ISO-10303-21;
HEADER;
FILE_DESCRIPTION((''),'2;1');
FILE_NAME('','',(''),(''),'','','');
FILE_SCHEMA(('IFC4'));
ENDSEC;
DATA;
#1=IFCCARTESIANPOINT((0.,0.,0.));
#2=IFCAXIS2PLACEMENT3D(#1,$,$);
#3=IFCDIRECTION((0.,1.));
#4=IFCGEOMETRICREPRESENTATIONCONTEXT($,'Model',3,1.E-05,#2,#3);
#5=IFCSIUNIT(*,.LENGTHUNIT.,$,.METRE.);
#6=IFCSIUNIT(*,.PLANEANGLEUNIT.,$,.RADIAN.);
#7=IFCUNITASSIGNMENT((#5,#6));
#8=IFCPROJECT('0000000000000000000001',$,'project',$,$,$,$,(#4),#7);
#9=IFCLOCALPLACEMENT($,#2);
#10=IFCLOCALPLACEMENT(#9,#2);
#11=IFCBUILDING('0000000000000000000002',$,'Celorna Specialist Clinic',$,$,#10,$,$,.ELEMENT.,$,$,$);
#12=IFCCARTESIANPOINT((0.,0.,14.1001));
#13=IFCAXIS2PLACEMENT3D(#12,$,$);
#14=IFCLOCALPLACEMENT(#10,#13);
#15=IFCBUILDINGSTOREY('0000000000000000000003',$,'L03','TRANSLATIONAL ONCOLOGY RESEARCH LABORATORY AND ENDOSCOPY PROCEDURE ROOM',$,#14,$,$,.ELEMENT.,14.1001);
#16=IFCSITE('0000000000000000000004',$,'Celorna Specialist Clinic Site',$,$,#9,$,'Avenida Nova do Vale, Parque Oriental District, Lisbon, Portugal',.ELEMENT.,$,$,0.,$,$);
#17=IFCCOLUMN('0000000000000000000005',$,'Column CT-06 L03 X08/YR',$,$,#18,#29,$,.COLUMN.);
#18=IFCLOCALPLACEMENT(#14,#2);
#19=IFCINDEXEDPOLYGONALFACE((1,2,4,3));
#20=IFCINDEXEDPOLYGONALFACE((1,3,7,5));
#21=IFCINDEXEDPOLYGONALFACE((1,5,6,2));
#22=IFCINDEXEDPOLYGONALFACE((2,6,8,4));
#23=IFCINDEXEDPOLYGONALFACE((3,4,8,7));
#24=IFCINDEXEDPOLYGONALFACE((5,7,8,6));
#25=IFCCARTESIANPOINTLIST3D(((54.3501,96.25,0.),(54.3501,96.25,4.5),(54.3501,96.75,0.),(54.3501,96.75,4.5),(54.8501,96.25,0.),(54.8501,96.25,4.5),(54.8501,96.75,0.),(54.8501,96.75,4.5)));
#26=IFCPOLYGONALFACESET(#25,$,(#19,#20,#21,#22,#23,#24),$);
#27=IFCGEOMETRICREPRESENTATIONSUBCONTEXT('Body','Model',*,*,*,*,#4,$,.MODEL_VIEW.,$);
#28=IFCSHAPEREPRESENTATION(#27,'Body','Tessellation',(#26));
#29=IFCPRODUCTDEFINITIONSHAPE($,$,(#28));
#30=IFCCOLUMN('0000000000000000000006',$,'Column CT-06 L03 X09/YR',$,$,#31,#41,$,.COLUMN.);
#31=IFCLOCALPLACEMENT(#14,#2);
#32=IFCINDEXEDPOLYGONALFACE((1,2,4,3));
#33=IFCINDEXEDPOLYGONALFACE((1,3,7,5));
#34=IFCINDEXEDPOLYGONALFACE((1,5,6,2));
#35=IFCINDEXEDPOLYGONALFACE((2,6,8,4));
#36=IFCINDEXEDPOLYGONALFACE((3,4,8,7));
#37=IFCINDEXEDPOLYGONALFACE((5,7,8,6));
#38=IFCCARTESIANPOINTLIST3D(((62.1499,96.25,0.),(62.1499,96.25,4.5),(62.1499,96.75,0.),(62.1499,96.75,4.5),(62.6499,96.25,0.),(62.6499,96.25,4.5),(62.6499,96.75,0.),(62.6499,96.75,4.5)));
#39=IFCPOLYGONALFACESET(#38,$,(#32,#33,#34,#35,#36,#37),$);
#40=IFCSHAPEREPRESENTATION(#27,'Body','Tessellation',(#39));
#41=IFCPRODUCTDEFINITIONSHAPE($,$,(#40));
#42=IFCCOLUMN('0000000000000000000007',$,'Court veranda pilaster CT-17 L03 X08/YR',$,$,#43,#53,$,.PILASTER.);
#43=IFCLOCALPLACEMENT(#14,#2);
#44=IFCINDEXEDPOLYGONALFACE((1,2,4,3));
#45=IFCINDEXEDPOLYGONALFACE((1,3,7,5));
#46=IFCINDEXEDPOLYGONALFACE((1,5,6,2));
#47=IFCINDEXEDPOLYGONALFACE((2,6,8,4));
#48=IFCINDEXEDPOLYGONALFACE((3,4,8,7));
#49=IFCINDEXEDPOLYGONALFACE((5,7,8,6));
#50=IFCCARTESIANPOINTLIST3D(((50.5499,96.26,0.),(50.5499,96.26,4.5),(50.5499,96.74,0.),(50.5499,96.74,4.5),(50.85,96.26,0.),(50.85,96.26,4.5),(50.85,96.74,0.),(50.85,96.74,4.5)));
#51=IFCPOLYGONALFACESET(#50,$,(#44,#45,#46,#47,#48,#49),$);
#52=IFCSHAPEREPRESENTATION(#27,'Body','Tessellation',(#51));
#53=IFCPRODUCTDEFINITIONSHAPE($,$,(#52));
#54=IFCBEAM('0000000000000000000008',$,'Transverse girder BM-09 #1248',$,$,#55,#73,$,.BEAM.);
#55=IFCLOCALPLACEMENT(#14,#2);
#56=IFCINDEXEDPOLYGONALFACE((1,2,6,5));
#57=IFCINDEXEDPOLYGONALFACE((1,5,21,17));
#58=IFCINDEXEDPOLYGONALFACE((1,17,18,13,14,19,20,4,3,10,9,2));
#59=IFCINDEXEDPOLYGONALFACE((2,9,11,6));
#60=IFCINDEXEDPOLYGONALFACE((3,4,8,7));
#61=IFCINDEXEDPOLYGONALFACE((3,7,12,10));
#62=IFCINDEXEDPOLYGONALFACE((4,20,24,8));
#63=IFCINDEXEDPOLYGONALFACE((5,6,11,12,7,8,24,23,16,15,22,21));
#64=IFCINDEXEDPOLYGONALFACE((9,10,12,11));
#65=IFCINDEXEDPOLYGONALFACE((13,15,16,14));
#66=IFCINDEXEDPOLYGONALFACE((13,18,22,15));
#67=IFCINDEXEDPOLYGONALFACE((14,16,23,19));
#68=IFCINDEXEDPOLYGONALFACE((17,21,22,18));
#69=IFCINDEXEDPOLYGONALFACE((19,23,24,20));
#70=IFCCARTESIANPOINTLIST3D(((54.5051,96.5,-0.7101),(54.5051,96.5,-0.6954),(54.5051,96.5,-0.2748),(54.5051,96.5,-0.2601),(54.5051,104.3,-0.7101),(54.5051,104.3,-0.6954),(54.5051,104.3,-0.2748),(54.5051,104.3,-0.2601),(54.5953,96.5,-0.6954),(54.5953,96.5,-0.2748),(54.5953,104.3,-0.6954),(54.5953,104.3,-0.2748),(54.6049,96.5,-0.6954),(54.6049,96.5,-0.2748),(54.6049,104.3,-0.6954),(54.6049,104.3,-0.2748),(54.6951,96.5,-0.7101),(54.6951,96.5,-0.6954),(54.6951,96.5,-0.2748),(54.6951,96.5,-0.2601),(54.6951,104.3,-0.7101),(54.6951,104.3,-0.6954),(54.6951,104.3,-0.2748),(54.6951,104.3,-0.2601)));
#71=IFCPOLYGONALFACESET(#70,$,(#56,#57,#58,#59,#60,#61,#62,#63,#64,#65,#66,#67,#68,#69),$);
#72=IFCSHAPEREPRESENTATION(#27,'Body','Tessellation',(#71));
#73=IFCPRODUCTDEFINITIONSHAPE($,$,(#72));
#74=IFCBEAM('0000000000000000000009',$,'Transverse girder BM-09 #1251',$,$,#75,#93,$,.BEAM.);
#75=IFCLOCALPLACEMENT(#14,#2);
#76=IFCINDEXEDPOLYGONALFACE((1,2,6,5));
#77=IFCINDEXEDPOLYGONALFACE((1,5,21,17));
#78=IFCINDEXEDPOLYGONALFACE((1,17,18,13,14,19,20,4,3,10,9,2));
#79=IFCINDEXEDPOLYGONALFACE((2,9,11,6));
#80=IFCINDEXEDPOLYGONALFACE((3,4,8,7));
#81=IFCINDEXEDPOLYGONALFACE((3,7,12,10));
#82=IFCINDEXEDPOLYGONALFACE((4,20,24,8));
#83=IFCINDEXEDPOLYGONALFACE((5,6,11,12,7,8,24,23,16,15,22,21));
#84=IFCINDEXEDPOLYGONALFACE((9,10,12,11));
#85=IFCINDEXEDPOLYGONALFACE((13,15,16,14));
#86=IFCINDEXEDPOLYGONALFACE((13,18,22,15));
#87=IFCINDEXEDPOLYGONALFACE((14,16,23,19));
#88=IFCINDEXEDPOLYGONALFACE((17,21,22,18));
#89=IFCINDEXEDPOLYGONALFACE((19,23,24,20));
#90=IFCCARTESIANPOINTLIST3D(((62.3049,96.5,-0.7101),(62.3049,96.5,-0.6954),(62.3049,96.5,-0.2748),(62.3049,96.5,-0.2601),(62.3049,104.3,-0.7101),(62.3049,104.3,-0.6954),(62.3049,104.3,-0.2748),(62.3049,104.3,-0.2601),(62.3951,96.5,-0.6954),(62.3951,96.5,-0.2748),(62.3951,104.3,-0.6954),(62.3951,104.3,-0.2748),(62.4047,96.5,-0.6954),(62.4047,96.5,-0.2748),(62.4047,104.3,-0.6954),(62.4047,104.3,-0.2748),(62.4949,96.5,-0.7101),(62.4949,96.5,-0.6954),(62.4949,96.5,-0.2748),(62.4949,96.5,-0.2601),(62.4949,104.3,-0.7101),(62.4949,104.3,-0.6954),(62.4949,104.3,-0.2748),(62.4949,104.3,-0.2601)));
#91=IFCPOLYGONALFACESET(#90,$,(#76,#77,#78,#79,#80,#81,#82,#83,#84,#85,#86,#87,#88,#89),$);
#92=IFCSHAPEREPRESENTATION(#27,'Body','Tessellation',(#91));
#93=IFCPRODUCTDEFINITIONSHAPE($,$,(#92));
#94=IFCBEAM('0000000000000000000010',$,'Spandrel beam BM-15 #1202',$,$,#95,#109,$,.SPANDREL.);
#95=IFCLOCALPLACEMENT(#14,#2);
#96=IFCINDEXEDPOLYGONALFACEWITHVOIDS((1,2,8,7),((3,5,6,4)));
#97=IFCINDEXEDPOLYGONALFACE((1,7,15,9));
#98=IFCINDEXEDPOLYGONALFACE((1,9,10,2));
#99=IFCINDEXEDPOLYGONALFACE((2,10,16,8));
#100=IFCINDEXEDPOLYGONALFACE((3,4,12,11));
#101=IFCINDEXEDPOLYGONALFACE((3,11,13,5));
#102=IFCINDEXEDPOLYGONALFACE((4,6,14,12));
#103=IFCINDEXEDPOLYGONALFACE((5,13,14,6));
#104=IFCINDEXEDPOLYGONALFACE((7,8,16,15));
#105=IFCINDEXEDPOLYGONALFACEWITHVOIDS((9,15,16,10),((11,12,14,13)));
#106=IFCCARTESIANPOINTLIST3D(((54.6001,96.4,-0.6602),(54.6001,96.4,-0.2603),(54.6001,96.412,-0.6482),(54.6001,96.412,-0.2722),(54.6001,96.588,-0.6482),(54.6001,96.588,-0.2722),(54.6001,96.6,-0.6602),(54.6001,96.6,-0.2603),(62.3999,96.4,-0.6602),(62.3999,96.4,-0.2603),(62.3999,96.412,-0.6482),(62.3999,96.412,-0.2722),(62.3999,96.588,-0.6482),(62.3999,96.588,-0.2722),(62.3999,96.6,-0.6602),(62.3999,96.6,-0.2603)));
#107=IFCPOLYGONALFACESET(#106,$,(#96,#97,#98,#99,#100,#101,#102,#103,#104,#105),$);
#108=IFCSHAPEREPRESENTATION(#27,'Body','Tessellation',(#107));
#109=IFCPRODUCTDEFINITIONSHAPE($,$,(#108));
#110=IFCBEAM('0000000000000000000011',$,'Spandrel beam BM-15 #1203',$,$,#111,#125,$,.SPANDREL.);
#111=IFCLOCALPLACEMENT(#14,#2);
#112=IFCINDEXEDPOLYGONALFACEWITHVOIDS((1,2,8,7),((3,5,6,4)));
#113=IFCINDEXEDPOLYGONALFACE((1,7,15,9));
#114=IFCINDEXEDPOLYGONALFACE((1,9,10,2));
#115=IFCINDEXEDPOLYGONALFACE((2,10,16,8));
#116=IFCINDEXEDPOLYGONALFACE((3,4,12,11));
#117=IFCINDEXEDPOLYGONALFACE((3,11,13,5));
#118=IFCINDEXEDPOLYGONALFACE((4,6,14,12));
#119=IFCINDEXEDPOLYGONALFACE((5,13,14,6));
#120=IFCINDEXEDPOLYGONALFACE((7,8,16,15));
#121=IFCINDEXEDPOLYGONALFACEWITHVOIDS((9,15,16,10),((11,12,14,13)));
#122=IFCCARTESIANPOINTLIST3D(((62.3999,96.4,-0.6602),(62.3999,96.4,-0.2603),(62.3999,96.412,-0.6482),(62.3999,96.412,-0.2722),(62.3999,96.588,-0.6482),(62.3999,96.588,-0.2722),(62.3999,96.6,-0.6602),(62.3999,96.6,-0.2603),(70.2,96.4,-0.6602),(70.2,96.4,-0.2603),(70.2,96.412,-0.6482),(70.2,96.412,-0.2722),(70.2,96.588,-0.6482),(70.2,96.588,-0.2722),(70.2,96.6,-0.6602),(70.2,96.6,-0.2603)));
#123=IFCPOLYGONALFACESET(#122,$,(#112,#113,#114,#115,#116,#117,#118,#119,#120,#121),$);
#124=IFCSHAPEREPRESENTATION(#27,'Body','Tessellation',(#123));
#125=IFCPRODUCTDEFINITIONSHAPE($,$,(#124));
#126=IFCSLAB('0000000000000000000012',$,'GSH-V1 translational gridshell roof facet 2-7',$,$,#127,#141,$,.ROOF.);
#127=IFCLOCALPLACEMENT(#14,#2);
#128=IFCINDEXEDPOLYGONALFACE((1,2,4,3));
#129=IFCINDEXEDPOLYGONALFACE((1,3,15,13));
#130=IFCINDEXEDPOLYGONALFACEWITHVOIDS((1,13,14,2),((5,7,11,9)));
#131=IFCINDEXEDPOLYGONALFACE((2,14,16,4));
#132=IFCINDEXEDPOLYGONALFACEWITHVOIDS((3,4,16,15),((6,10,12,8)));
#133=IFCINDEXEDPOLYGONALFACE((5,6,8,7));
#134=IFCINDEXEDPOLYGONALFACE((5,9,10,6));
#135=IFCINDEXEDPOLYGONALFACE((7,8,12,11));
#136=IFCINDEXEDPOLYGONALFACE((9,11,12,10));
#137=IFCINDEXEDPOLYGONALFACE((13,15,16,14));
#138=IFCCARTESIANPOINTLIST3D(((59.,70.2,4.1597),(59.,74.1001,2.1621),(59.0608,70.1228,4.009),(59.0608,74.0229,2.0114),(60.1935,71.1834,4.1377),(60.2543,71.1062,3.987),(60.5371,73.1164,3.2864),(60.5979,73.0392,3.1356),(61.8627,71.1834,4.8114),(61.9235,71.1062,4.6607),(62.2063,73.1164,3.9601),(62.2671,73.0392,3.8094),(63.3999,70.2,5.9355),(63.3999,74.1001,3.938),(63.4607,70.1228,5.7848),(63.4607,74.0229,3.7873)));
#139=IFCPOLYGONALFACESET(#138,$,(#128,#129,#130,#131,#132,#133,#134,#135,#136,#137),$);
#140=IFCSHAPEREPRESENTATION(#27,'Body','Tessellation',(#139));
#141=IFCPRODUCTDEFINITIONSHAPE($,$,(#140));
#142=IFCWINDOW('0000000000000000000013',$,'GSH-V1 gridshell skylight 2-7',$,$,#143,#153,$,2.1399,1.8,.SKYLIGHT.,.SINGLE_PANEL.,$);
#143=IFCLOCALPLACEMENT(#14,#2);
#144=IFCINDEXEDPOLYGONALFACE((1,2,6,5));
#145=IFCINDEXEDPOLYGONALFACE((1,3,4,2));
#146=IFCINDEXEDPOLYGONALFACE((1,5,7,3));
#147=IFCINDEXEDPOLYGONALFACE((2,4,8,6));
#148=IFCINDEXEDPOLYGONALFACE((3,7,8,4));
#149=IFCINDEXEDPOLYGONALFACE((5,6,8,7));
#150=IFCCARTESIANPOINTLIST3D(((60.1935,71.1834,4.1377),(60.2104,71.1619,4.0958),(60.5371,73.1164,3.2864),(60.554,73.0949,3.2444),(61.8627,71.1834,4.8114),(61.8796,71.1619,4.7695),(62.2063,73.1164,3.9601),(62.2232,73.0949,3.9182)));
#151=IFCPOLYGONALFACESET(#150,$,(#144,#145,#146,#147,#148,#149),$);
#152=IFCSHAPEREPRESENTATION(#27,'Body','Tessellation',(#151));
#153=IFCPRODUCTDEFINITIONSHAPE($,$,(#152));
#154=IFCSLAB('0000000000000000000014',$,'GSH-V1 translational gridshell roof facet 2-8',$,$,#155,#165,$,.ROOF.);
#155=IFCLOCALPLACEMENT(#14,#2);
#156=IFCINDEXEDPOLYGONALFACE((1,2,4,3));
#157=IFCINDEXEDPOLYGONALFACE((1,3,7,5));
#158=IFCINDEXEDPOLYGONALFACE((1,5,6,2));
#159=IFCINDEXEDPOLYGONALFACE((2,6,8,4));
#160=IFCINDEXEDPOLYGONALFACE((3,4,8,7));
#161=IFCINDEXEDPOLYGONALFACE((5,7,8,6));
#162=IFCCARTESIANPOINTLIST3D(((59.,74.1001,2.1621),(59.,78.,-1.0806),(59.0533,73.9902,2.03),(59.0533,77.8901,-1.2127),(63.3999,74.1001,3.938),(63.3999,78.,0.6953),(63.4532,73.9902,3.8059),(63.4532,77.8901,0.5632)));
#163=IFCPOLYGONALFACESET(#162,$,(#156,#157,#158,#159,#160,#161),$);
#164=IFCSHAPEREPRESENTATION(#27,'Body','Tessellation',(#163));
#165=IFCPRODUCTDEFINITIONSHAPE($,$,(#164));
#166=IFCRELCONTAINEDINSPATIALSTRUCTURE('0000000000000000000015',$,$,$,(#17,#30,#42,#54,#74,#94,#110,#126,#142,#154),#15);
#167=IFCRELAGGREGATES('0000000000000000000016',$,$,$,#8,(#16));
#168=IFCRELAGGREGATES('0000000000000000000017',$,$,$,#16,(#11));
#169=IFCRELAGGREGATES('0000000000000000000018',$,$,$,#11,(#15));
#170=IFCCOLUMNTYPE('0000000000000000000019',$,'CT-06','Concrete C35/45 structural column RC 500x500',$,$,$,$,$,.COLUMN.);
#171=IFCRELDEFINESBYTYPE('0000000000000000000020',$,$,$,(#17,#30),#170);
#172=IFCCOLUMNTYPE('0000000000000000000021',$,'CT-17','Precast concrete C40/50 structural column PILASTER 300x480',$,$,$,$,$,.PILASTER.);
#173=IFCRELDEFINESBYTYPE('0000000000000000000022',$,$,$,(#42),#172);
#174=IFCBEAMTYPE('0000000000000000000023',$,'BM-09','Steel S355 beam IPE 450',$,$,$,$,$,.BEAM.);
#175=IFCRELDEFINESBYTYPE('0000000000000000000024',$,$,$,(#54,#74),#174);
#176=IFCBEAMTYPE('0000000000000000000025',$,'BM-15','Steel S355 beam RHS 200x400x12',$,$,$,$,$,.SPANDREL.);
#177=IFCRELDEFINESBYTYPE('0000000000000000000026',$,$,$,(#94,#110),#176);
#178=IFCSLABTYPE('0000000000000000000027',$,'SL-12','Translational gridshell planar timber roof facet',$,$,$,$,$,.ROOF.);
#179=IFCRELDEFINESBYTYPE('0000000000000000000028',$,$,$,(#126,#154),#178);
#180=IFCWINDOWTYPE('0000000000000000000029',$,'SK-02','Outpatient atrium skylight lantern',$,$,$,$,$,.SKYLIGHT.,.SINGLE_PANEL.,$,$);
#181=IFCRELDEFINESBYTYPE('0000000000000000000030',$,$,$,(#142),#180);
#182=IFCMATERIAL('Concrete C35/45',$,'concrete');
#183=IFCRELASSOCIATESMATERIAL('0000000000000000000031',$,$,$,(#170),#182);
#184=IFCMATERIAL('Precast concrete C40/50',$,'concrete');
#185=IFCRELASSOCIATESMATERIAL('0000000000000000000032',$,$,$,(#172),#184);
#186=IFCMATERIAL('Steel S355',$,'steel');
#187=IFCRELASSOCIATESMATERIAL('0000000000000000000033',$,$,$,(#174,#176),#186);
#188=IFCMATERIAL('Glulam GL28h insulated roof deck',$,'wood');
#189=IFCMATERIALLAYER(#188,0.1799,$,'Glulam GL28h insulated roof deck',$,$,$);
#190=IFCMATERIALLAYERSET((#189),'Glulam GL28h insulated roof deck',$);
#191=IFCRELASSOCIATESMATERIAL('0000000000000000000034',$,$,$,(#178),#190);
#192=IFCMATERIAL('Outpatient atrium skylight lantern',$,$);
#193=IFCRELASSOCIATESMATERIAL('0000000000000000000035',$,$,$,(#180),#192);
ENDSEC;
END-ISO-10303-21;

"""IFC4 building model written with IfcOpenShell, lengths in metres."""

from ifc_helpers import new_model, si_unit, direction, frame, origin, origin_2d, place, context, subcontext, project, spatial, polyline, rectangle, hollow_rectangle, i_section, outline, extrude, material, layer, layer_set, material_profile, profile_set, type_object, element, fill, save


model = new_model("IFC4")

# Units and contexts
model_context = context("Model", 3, precision=1e-05, world=origin(), true_north=direction((0.0, 1.0)))
body_context = subcontext(model_context, "Body", "Model", "MODEL_VIEW")
ifc_project = project(units=[si_unit("LENGTHUNIT", "METRE"), si_unit("PLANEANGLEUNIT", "RADIAN")], contexts=[model_context])

# Site, building, storey
site_placement = place(None, origin())
site = spatial("IfcSite", under=ifc_project, at=site_placement, Name="Celorna Specialist Clinic Site", LongName="Avenida Nova do Vale, Parque Oriental District, Lisbon, Portugal", CompositionType="ELEMENT", RefElevation=0.0)
building_placement = place(site_placement, origin())
building = spatial("IfcBuilding", under=site, at=building_placement, Name="Celorna Specialist Clinic", CompositionType="ELEMENT")
storey_placement = place(building_placement, frame((0.0, 0.0, 14.1001)))
storey = spatial("IfcBuildingStorey", under=building, at=storey_placement, Name="L03", Description="TRANSLATIONAL ONCOLOGY RESEARCH LABORATORY AND ENDOSCOPY PROCEDURE ROOM", CompositionType="ELEMENT", Elevation=14.1001)

# Columns
ifc_material_1 = material(Name="Concrete C35/45", Category="concrete")
ifc_material_profile_1 = material_profile(ifc_material_1, rectangle(XDim=0.5, YDim=0.5, at=origin_2d()), Name="RC 500x500")
ifc_profile_set_1 = profile_set([ifc_material_profile_1], Name="Concrete C35/45")
column_type_1 = type_object("IfcColumnType", Name="CT-06", Description="Concrete C35/45 structural column RC 500x500", PredefinedType="COLUMN", material=ifc_profile_set_1)
for number, where, z_axis, x_axis, name in (
    (1, (54.6001, 96.5, 0.0), (0.0, 0.0, 1.0), (1.0, 0.0, 0.0), "Column CT-06 L03 X08/YR"),
    (2, (62.3999, 96.5, 0.0), (0.0, 0.0, 1.0), (1.0, 0.0, 0.0), "Column CT-06 L03 X09/YR"),
):
    element("IfcColumn", number, at=place(storey_placement, frame(where, z_axis=z_axis, x_axis=x_axis)), inside=storey, type_object=column_type_1, Name=name, PredefinedType="COLUMN", context=body_context, shape_type="SweptSolid", body=[
        extrude(rectangle(XDim=0.5, YDim=0.5, at=origin_2d()), origin(), (0.0, 0.0, 1.0), 4.5),
    ])
ifc_material_2 = material(Name="Precast concrete C40/50", Category="concrete")
ifc_material_profile_2 = material_profile(ifc_material_2, rectangle(XDim=0.3, YDim=0.48, at=origin_2d()), Name="PILASTER 300x480")
ifc_profile_set_2 = profile_set([ifc_material_profile_2], Name="Precast concrete C40/50")
column_type_2 = type_object("IfcColumnType", Name="CT-17", Description="Precast concrete C40/50 structural column PILASTER 300x480", PredefinedType="PILASTER", material=ifc_profile_set_2)
column_placement = place(storey_placement, frame((50.7, 96.5, 0.0), z_axis=(0.0, 0.0, 1.0), x_axis=(1.0, 0.0, 0.0)))
element("IfcColumn", 3, at=column_placement, inside=storey, type_object=column_type_2, Name="Court veranda pilaster CT-17 L03 X08/YR", PredefinedType="PILASTER", context=body_context, shape_type="SweptSolid", body=[
    extrude(rectangle(XDim=0.3, YDim=0.48, at=origin_2d()), origin(), (0.0, 0.0, 1.0), 4.5),
])

# Beams
ifc_material_3 = material(Name="Steel S355", Category="steel")
ifc_material_profile_3 = material_profile(ifc_material_3, i_section(OverallWidth=0.1899, OverallDepth=0.45, WebThickness=0.0095, FlangeThickness=0.0146, at=origin_2d()), Name="IPE 450")
ifc_profile_set_3 = profile_set([ifc_material_profile_3], Name="Steel S355")
beam_type_1 = type_object("IfcBeamType", Name="BM-09", Description="Steel S355 beam IPE 450", PredefinedType="BEAM", material=ifc_profile_set_3)
for number, where, z_axis, x_axis, name in (
    (4, (54.6001, 96.5, -0.4851), (0.0, 1.0, 0.0), (-1.0, 0.0, 0.0), "Transverse girder BM-09 #1248"),
    (5, (62.3999, 96.5, -0.4851), (0.0, 1.0, 0.0), (-1.0, 0.0, 0.0), "Transverse girder BM-09 #1251"),
):
    element("IfcBeam", number, at=place(storey_placement, frame(where, z_axis=z_axis, x_axis=x_axis)), inside=storey, type_object=beam_type_1, Name=name, PredefinedType="BEAM", context=body_context, shape_type="SweptSolid", body=[
        extrude(i_section(OverallWidth=0.1899, OverallDepth=0.45, WebThickness=0.0095, FlangeThickness=0.0146, at=origin_2d()), origin(), (0.0, 0.0, 1.0), 7.8),
    ])
ifc_material_profile_4 = material_profile(ifc_material_3, hollow_rectangle(XDim=0.2, YDim=0.3999, WallThickness=0.012, at=origin_2d()), Name="RHS 200x400x12")
ifc_profile_set_4 = profile_set([ifc_material_profile_4], Name="Steel S355")
beam_type_2 = type_object("IfcBeamType", Name="BM-15", Description="Steel S355 beam RHS 200x400x12", PredefinedType="SPANDREL", material=ifc_profile_set_4)
beam_1_placement = place(storey_placement, frame((54.6001, 96.5, -0.4602), z_axis=(1.0, 0.0, 0.0), x_axis=(0.0, 1.0, 0.0)))
element("IfcBeam", 6, at=beam_1_placement, inside=storey, type_object=beam_type_2, Name="Spandrel beam BM-15 #1202", PredefinedType="SPANDREL", context=body_context, shape_type="SweptSolid", body=[
    extrude(hollow_rectangle(XDim=0.2, YDim=0.3999, WallThickness=0.012, at=origin_2d()), origin(), (0.0, 0.0, 1.0), 7.7998),
])
beam_2_placement = place(storey_placement, frame((62.3999, 96.5, -0.4602), z_axis=(1.0, 0.0, 0.0), x_axis=(0.0, 1.0, 0.0)))
element("IfcBeam", 7, at=beam_2_placement, inside=storey, type_object=beam_type_2, Name="Spandrel beam BM-15 #1203", PredefinedType="SPANDREL", context=body_context, shape_type="SweptSolid", body=[
    extrude(hollow_rectangle(XDim=0.2, YDim=0.3999, WallThickness=0.012, at=origin_2d()), origin(), (0.0, 0.0, 1.0), 7.8),
])

# Slab, opening, window
ifc_material_4 = material(Name="Glulam GL28h insulated roof deck", Category="wood")
ifc_layer_1 = layer(ifc_material_4, 0.1799, Name="Glulam GL28h insulated roof deck")
ifc_layer_set_1 = layer_set([ifc_layer_1], Name="Glulam GL28h insulated roof deck")
slab_type = type_object("IfcSlabType", Name="SL-12", Description="Translational gridshell planar timber roof facet", PredefinedType="ROOF", material=ifc_layer_set_1)
slab_1_placement = place(storey_placement, frame((59.0, 70.2, 4.1597), z_axis=(-0.338086, 0.429018, 0.83764), x_axis=(0.927315, 0.0, 0.374281)))
slab_1 = element("IfcSlab", 8, at=slab_1_placement, inside=storey, type_object=slab_type, Name="GSH-V1 translational gridshell roof facet 2-7", PredefinedType="ROOF", context=body_context, shape_type="SweptSolid", body=[
    extrude(outline(polyline([(0.0, 0.0), (4.7448, 0.0), (3.9971, 4.3177), (-0.7476, 4.3177), (0.0, 0.0)])), origin(), (0.0, 0.0, -1.0), 0.1799),
])
opening_1_placement = place(slab_1_placement, frame((1.9985, 2.1587, 0.01)))
opening_1 = element("IfcOpeningElement", 9, at=opening_1_placement, cuts=slab_1, PredefinedType="OPENING", context=body_context, shape_type="SweptSolid", body=[
    extrude(rectangle(XDim=1.8, YDim=2.1399, at=origin_2d()), origin(), (0.0, 0.0, -1.0), 0.2),
])
ifc_material_5 = material(Name="Outpatient atrium skylight lantern")
window_type = type_object("IfcWindowType", Name="SK-02", Description="Outpatient atrium skylight lantern", PartitioningType="SINGLE_PANEL", PredefinedType="SKYLIGHT", material=ifc_material_5)
window_1_placement = place(opening_1_placement, frame((0.0, 0.0, -0.01)))
window_1 = element("IfcWindow", 10, at=window_1_placement, inside=storey, type_object=window_type, Name="GSH-V1 gridshell skylight 2-7", OverallHeight=2.1399, OverallWidth=1.8, PartitioningType="SINGLE_PANEL", PredefinedType="SKYLIGHT", context=body_context, shape_type="SweptSolid", body=[
    extrude(rectangle(XDim=1.8, YDim=2.1399, at=origin_2d()), origin(), (0.0, 0.0, -1.0), 0.05),
])
fill(opening_1, window_1)

# Slab
slab_2_placement = place(storey_placement, frame((59.0, 74.1001, 2.1621), z_axis=(-0.296405, 0.610611, 0.73437), x_axis=(0.927315, 0.0, 0.374281)))
element("IfcSlab", 11, at=slab_2_placement, inside=storey, type_object=slab_type, Name="GSH-V1 translational gridshell roof facet 2-8", PredefinedType="ROOF", context=body_context, shape_type="SweptSolid", body=[
    extrude(outline(polyline([(0.0, 0.0), (4.7448, 0.0), (3.5311, 4.9245), (-1.2137, 4.9245), (0.0, 0.0)])), origin(), (0.0, 0.0, -1.0), 0.1799),
])

save(model, "model.ifc")
